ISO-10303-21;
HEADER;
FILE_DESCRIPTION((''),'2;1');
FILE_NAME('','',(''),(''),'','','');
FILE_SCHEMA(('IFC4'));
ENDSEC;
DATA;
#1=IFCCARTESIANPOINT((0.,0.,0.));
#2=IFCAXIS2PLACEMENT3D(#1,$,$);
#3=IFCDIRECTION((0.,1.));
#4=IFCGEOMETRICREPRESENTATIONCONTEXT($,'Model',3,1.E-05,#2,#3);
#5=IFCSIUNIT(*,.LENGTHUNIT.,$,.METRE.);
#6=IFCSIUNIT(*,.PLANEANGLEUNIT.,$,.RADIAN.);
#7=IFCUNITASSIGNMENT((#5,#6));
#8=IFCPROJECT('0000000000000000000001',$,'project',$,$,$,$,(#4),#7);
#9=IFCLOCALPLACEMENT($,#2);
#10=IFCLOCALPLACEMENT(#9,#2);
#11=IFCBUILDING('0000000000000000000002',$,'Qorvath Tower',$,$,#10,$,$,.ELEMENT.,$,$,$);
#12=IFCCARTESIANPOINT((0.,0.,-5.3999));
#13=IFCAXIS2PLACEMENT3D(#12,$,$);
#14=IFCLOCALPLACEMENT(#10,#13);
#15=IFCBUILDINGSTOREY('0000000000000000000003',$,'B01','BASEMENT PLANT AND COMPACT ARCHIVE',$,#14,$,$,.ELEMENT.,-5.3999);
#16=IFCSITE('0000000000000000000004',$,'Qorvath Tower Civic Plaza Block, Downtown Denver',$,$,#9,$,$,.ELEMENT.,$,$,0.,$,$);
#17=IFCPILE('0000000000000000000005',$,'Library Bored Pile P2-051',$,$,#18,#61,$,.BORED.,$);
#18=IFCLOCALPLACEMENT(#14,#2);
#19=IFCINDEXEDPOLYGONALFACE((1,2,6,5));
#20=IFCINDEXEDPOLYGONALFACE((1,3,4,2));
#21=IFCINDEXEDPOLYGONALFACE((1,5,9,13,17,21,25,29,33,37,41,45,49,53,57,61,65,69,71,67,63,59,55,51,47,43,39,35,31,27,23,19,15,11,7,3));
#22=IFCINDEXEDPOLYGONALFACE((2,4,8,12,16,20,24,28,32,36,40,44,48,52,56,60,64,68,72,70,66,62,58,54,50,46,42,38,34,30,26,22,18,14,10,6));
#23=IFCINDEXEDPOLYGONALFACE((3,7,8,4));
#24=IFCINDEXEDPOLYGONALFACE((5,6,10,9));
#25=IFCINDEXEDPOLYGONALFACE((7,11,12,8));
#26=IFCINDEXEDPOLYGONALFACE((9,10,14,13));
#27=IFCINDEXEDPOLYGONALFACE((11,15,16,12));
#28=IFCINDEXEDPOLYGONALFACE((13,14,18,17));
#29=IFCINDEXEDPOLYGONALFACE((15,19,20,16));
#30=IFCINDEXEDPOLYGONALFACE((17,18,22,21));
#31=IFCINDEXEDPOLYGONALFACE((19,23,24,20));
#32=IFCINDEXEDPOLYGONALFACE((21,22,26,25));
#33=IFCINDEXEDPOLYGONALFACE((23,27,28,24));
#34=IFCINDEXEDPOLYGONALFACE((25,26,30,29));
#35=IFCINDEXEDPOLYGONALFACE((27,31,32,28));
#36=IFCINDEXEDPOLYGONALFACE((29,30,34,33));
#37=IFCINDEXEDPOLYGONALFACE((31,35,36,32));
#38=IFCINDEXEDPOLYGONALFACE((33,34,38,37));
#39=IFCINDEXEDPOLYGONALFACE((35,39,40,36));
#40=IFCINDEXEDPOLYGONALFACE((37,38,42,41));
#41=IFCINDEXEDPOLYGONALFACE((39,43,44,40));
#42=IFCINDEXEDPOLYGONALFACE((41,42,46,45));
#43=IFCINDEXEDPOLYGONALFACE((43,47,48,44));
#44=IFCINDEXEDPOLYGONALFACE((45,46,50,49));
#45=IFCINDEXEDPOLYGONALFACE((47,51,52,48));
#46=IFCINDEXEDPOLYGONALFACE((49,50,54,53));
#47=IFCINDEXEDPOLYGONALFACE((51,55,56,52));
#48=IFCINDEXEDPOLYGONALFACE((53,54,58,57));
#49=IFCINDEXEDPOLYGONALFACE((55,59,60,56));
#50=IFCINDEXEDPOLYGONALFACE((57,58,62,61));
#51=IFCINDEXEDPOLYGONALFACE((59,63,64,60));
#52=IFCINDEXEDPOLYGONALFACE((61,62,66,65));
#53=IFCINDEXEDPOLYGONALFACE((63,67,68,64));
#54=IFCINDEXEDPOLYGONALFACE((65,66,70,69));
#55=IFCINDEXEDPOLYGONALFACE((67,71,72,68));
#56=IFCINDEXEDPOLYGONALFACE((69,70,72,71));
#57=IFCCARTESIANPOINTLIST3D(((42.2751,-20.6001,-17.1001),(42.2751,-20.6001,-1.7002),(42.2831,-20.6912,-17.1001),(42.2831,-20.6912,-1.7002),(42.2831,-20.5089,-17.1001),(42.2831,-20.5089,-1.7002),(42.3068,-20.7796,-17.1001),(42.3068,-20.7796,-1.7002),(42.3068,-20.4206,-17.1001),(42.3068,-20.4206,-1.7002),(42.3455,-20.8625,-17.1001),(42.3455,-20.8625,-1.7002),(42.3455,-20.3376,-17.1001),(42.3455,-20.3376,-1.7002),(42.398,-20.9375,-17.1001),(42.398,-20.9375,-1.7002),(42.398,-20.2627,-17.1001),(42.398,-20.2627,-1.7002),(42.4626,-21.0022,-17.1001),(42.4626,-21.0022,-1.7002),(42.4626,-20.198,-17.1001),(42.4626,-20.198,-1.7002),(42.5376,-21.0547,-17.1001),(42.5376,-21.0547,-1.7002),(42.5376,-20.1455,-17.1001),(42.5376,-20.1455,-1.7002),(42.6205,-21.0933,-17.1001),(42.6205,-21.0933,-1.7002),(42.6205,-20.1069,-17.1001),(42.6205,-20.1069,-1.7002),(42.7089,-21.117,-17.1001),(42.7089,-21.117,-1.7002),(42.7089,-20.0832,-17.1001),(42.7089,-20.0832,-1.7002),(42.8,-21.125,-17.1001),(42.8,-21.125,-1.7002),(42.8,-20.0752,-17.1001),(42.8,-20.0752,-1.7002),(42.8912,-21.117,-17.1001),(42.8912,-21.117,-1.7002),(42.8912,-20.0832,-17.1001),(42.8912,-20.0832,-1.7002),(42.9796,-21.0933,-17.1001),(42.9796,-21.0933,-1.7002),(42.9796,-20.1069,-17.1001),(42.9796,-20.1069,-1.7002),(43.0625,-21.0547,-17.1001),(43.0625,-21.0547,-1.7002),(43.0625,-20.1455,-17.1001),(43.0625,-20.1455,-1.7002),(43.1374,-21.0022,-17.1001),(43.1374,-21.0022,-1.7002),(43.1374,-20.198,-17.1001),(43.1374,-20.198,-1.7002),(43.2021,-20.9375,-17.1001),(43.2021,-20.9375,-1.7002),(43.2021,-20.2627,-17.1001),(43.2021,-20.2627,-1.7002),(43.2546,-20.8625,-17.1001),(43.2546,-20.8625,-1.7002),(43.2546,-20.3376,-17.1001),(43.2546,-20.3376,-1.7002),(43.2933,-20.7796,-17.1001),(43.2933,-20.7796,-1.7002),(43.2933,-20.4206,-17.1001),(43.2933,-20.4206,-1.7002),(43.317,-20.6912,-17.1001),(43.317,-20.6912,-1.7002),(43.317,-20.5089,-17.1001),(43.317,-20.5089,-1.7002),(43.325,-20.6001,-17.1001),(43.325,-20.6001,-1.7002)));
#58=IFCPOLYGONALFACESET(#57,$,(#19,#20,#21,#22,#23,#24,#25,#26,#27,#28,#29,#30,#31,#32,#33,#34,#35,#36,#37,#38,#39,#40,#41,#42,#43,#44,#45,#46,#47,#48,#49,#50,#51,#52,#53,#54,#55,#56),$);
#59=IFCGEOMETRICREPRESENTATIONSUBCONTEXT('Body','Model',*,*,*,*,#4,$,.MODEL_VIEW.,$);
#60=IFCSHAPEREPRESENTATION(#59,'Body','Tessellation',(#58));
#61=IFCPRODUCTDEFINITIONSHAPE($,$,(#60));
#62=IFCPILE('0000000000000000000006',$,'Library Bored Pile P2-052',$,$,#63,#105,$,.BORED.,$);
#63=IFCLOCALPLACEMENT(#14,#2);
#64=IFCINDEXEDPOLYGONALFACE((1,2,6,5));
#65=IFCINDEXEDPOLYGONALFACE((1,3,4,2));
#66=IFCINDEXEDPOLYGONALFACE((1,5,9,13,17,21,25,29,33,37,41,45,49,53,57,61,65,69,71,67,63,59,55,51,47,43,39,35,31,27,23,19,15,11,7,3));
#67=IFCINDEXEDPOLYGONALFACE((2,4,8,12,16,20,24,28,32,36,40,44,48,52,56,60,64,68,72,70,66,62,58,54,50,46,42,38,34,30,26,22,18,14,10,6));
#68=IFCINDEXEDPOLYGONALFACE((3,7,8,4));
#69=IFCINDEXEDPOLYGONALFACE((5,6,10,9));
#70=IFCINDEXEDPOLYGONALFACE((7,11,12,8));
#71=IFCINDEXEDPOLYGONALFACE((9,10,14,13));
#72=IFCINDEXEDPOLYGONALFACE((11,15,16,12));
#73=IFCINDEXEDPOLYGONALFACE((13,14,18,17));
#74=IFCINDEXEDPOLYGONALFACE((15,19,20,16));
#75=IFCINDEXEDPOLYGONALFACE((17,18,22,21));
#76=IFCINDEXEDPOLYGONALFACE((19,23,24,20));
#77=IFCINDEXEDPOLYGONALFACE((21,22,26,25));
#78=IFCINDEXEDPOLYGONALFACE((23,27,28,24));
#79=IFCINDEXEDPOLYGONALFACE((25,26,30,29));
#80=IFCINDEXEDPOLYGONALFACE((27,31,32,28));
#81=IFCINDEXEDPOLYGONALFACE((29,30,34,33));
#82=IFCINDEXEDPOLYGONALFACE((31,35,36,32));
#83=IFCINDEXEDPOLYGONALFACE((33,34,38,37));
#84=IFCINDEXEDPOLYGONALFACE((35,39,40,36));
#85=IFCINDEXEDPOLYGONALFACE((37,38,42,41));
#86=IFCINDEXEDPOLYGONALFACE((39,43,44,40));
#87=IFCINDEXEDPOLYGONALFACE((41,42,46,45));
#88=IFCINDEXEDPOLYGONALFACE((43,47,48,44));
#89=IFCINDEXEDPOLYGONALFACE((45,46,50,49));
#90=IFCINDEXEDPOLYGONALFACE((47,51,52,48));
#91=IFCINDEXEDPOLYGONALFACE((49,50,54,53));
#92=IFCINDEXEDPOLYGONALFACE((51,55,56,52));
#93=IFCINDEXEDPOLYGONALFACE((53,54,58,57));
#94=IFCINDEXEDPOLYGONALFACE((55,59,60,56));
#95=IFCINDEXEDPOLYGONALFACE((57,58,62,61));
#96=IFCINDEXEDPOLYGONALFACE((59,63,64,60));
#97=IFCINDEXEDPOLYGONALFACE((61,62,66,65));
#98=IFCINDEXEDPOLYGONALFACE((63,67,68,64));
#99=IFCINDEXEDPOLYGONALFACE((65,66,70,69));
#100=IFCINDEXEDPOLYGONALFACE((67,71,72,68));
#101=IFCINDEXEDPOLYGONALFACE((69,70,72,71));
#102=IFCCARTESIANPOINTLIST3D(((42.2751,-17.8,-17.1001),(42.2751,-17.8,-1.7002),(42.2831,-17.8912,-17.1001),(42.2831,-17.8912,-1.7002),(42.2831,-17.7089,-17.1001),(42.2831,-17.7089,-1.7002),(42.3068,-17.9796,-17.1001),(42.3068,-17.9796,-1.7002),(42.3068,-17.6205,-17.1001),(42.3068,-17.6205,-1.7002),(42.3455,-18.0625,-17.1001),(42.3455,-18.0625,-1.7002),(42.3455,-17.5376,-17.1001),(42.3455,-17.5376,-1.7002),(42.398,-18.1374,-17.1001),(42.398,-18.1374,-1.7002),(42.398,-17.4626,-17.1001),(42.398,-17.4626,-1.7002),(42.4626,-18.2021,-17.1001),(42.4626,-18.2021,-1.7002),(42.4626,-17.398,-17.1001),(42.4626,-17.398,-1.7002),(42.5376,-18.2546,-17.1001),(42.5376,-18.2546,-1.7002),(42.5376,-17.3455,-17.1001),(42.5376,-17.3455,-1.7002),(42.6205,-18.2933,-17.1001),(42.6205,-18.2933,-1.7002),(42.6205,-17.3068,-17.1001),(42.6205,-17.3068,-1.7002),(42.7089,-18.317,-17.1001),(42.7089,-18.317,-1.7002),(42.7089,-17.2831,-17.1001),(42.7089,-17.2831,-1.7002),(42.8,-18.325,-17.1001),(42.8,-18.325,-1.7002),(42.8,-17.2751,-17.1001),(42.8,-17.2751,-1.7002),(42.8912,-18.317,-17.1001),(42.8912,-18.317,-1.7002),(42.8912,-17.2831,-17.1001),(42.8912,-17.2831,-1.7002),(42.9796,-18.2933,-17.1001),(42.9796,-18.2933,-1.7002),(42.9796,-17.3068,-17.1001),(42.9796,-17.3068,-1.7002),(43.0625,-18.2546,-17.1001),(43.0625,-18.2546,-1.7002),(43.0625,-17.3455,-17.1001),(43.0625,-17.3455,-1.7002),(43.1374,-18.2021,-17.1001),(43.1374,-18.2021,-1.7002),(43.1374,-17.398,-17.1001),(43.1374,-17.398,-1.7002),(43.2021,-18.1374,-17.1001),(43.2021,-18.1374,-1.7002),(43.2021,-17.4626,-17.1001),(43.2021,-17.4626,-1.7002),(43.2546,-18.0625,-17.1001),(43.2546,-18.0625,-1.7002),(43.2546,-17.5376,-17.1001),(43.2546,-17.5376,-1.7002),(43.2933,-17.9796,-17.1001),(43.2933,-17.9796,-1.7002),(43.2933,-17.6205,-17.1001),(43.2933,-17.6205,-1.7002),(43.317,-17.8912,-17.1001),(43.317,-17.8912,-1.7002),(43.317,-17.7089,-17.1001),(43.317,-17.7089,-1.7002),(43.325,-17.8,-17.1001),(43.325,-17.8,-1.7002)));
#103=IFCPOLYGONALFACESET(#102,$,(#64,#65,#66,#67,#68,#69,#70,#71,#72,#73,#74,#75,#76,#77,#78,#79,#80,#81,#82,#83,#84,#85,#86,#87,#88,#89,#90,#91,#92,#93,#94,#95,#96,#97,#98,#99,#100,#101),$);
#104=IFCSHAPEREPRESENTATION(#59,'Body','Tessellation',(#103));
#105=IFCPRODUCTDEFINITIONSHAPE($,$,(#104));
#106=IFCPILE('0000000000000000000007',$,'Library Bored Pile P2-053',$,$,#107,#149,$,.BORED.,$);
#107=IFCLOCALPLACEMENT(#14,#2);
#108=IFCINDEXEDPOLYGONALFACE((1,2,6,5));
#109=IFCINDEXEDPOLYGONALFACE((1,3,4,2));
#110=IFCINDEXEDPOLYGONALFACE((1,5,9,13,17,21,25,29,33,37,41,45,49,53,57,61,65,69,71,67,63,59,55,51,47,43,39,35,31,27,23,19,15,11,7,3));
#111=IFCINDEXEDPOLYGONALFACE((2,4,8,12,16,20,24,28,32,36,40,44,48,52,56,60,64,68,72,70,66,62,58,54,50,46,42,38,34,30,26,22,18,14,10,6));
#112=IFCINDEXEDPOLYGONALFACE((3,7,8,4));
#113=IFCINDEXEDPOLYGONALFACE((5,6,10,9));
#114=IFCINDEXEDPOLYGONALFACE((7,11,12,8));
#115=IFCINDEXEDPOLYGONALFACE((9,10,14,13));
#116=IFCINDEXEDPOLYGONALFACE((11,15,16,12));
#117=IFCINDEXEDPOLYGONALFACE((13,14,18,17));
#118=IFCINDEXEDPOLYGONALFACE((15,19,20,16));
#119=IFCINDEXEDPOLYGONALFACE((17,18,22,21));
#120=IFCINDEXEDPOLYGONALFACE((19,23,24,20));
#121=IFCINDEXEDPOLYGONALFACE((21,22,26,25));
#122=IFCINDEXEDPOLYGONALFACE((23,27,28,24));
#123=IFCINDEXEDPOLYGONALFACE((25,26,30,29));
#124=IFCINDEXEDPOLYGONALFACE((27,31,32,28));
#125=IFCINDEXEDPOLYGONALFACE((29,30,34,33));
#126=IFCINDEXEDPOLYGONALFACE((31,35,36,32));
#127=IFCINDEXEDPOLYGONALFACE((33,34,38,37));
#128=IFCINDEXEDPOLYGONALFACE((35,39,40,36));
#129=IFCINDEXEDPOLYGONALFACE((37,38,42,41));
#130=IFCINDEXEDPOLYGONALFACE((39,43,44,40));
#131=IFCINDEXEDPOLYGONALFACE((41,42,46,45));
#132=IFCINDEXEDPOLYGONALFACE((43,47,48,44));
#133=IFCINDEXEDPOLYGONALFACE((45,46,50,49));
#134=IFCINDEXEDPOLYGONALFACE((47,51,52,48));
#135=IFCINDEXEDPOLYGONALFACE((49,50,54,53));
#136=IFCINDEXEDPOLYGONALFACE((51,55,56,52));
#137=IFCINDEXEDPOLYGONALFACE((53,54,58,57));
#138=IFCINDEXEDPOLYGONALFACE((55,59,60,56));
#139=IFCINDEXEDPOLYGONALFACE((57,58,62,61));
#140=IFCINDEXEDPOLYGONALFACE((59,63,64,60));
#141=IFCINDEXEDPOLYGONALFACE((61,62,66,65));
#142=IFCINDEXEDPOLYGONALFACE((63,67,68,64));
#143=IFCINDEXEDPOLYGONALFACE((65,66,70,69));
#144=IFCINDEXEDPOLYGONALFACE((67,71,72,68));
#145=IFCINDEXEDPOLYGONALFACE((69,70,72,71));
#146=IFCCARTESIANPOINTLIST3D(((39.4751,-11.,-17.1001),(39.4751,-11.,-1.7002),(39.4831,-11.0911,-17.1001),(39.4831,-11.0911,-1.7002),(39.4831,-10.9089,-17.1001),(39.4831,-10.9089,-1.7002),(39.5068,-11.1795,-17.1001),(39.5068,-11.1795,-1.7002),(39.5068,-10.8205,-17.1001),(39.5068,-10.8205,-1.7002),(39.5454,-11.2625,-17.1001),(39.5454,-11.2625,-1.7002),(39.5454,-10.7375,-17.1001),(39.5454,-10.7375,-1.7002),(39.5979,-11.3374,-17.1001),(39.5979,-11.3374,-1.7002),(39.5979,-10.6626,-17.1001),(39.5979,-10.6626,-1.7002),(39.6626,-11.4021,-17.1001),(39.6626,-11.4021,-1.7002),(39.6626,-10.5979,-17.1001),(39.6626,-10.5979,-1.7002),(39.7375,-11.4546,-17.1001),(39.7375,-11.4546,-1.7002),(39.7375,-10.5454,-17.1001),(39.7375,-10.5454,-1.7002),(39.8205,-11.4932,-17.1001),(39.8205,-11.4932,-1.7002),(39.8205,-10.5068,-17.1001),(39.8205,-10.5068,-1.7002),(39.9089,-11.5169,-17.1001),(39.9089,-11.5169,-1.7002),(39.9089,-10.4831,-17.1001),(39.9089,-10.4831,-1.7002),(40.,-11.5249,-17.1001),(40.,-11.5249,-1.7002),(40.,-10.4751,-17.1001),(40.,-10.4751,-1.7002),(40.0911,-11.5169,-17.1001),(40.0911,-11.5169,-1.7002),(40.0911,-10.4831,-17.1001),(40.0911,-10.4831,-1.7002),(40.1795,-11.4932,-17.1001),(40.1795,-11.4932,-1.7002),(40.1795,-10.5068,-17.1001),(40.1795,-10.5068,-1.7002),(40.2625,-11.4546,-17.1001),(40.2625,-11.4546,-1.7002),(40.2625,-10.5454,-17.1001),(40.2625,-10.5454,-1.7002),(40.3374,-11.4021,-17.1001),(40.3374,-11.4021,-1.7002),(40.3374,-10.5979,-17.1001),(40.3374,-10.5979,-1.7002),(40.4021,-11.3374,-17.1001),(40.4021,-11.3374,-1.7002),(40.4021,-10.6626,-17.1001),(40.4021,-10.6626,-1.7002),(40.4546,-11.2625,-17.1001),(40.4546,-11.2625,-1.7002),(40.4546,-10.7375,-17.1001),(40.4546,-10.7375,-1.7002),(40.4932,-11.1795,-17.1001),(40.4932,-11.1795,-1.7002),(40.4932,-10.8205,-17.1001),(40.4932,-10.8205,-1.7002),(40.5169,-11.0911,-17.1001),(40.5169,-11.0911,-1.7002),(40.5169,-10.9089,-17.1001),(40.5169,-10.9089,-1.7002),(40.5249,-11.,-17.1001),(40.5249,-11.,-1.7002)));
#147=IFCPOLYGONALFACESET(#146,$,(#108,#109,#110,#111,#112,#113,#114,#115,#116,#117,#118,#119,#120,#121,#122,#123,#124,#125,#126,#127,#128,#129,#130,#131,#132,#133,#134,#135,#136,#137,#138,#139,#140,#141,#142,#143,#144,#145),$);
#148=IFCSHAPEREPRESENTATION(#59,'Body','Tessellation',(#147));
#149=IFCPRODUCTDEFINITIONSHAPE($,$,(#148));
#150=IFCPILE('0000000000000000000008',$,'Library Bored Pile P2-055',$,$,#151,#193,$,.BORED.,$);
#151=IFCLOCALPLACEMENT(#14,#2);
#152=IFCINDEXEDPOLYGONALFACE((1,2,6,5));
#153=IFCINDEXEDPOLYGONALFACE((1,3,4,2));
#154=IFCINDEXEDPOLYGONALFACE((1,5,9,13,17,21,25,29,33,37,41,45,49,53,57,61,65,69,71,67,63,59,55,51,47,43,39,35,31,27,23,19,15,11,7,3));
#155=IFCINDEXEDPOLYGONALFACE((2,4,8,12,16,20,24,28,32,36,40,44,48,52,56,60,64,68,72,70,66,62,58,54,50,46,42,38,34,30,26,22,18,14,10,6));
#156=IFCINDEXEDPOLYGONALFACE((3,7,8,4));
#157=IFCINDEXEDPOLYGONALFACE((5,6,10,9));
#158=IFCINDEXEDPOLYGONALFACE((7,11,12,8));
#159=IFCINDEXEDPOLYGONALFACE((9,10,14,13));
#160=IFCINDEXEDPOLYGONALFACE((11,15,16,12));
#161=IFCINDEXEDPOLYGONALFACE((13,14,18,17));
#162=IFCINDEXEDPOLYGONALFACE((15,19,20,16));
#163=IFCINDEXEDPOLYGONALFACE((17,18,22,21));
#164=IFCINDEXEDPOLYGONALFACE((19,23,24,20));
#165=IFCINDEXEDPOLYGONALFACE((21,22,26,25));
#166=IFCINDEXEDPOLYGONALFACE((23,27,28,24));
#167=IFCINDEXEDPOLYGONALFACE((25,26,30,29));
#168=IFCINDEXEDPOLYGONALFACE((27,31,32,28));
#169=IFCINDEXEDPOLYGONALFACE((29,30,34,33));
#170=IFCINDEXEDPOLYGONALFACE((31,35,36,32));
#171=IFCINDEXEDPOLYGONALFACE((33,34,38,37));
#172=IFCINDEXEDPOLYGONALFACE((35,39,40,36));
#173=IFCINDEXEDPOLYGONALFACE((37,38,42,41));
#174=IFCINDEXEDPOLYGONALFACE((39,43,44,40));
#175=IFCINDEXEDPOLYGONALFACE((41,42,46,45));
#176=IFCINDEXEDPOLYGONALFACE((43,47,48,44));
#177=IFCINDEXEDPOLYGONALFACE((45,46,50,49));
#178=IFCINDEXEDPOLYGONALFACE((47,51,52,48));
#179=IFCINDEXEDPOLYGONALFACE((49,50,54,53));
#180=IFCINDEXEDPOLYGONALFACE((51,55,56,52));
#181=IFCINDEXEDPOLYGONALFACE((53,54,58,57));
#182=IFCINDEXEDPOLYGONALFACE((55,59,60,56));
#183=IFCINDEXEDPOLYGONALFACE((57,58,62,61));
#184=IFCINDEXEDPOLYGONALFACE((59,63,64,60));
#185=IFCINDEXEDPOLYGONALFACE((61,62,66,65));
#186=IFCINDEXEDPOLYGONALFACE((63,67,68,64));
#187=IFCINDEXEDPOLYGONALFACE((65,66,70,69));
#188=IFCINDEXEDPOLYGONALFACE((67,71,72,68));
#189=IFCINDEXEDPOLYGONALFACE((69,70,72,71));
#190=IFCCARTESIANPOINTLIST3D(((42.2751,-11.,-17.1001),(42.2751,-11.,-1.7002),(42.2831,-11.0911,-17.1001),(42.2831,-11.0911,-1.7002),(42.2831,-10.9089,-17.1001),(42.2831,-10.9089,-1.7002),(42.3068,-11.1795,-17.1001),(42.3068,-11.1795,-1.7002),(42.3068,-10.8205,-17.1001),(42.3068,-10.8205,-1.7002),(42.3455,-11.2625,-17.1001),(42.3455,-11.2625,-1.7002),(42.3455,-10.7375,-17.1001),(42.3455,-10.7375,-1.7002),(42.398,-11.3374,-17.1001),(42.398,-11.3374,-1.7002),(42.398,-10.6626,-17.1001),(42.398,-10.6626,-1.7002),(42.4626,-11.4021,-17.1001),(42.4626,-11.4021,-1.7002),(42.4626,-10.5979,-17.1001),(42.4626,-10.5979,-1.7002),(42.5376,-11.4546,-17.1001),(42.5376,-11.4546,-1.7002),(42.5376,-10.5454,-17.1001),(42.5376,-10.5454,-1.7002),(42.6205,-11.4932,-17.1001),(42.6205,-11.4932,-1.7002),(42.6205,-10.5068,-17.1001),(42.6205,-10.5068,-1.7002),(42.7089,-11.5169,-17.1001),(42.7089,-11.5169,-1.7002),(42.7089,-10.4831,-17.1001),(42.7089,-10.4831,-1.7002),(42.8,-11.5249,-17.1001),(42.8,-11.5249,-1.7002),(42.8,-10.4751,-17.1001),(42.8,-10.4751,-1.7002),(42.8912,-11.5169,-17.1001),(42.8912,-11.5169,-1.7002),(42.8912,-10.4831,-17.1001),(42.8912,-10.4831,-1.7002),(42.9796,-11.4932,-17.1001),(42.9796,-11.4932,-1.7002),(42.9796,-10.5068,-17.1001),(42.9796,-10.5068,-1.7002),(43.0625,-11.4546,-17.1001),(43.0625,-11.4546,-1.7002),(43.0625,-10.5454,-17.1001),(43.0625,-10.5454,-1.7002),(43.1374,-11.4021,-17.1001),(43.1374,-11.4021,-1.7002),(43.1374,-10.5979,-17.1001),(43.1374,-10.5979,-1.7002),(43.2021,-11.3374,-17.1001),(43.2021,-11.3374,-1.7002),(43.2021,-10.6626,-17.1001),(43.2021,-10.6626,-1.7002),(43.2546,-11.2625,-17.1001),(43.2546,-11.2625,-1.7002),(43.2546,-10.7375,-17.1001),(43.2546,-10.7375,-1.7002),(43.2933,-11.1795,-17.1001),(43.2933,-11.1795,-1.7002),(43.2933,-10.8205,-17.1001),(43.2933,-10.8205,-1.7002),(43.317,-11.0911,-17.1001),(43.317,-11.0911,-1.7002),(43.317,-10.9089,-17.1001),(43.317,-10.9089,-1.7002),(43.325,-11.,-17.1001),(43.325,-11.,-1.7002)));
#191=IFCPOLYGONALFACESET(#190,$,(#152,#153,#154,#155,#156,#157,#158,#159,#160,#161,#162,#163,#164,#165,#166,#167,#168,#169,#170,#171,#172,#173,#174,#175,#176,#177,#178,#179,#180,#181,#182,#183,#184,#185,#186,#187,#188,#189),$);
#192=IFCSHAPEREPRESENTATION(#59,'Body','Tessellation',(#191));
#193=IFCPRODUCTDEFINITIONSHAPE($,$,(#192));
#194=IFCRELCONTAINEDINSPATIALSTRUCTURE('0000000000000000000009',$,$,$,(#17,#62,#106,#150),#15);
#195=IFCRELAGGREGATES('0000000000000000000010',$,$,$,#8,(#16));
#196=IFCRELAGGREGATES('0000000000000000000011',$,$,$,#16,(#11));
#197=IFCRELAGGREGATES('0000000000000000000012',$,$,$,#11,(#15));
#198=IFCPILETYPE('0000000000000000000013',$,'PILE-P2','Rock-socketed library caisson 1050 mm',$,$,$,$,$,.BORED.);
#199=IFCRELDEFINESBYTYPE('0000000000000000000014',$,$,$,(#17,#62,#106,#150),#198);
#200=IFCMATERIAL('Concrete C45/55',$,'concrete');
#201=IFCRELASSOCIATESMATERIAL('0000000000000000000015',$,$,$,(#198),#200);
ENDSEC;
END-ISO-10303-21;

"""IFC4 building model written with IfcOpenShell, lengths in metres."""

from ifc_helpers import new_model, si_unit, direction, frame, origin, origin_2d, place, context, subcontext, project, spatial, circle, extrude, material, material_profile, profile_set, type_object, element, save


model = new_model("IFC4")

# Units and contexts
model_context = context("Model", 3, precision=1e-05, world=origin(), true_north=direction((0.0, 1.0)))
body_context = subcontext(model_context, "Body", "Model", "MODEL_VIEW")
ifc_project = project(units=[si_unit("LENGTHUNIT", "METRE"), si_unit("PLANEANGLEUNIT", "RADIAN")], contexts=[model_context])

# Site, building, storey
site_placement = place(None, origin())
site = spatial("IfcSite", under=ifc_project, at=site_placement, Name="Qorvath Tower Civic Plaza Block, Downtown Denver", CompositionType="ELEMENT", RefElevation=0.0)
building_placement = place(site_placement, origin())
building = spatial("IfcBuilding", under=site, at=building_placement, Name="Qorvath Tower", CompositionType="ELEMENT")
storey_placement = place(building_placement, frame((0.0, 0.0, -5.3999)))
storey = spatial("IfcBuildingStorey", under=building, at=storey_placement, Name="B01", Description="BASEMENT PLANT AND COMPACT ARCHIVE", CompositionType="ELEMENT", Elevation=-5.3999)

# Piles
ifc_material_1 = material(Name="Concrete C45/55", Category="concrete")
ifc_material_profile_1 = material_profile(ifc_material_1, circle(Radius=0.5249, at=origin_2d()), Name="BORED PILE 1050")
ifc_profile_set_1 = profile_set([ifc_material_profile_1], Name="Concrete C45/55")
pile_type = type_object("IfcPileType", Name="PILE-P2", Description="Rock-socketed library caisson 1050 mm", PredefinedType="BORED", material=ifc_profile_set_1)
for number, where, z_axis, x_axis, name in (
    (1, (42.8, -20.6001, -1.7002), (0.0, 0.0, -1.0), (1.0, 0.0, 0.0), "Library Bored Pile P2-051"),
    (2, (42.8, -17.8, -1.7002), (0.0, 0.0, -1.0), (1.0, 0.0, 0.0), "Library Bored Pile P2-052"),
    (3, (40.0, -11.0, -1.7002), (0.0, 0.0, -1.0), (1.0, 0.0, 0.0), "Library Bored Pile P2-053"),
    (4, (42.8, -11.0, -1.7002), (0.0, 0.0, -1.0), (1.0, 0.0, 0.0), "Library Bored Pile P2-055"),
):
    element("IfcPile", number, at=place(storey_placement, frame(where, z_axis=z_axis, x_axis=x_axis)), inside=storey, type_object=pile_type, Name=name, PredefinedType="BORED", context=body_context, shape_type="SweptSolid", body=[
        extrude(circle(Radius=0.5249, at=origin_2d()), origin(), (0.0, 0.0, 1.0), 15.3999),
    ])

save(model, "model.ifc")
